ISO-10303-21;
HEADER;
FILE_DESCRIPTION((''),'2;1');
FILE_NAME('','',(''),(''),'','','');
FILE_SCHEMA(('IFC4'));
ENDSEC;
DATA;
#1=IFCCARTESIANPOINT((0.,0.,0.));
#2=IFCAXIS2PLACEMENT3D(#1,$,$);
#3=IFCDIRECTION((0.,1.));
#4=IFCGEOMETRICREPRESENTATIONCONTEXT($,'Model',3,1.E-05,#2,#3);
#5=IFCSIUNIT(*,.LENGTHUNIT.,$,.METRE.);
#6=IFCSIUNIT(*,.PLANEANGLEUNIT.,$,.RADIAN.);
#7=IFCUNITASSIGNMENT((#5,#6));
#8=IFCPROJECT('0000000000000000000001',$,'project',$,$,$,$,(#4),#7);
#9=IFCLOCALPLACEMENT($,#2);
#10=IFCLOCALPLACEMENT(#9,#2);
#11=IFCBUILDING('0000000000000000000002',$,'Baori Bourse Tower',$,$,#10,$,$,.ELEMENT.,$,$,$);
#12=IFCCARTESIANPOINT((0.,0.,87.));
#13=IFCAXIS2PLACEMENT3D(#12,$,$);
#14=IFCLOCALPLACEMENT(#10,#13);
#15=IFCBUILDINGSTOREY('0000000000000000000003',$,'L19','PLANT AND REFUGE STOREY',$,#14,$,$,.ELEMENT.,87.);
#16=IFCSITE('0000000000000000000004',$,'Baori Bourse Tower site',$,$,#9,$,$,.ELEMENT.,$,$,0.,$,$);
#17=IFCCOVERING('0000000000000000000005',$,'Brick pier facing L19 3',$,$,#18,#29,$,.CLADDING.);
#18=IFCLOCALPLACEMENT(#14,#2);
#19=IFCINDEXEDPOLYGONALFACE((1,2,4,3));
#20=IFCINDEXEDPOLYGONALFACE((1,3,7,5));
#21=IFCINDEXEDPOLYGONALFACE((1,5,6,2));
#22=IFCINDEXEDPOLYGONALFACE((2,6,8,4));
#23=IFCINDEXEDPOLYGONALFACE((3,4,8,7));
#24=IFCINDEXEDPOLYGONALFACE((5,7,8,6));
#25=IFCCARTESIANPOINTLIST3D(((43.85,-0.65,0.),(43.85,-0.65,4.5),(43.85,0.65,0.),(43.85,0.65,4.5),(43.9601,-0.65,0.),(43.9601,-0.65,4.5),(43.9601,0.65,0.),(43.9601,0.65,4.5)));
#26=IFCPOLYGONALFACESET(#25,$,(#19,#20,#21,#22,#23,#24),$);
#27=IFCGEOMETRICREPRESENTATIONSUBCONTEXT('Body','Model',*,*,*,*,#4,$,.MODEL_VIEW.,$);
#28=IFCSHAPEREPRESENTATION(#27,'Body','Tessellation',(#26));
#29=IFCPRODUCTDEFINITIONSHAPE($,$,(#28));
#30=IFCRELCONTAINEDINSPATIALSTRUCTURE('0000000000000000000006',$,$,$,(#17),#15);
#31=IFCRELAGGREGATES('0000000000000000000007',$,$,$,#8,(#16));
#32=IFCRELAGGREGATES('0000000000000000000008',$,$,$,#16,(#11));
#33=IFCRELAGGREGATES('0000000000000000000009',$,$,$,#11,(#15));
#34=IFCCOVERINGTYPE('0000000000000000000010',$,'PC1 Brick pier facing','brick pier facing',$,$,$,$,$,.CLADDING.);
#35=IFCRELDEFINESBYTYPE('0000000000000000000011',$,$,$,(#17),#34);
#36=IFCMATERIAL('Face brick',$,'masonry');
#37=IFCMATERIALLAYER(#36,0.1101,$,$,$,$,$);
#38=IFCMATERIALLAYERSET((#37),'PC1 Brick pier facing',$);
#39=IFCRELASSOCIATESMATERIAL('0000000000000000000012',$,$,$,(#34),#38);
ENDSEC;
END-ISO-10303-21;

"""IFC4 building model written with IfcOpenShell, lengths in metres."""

from ifc_helpers import new_model, si_unit, direction, frame, origin, origin_2d, place, context, subcontext, project, spatial, rectangle, extrude, material, layer, layer_set, type_object, element, save


model = new_model("IFC4")

# Units and contexts
model_context = context("Model", 3, precision=1e-05, world=origin(), true_north=direction((0.0, 1.0)))
body_context = subcontext(model_context, "Body", "Model", "MODEL_VIEW")
ifc_project = project(units=[si_unit("LENGTHUNIT", "METRE"), si_unit("PLANEANGLEUNIT", "RADIAN")], contexts=[model_context])

# Site, building, storey
site_placement = place(None, origin())
site = spatial("IfcSite", under=ifc_project, at=site_placement, Name="Baori Bourse Tower site", CompositionType="ELEMENT", RefElevation=0.0)
building_placement = place(site_placement, origin())
building = spatial("IfcBuilding", under=site, at=building_placement, Name="Baori Bourse Tower", CompositionType="ELEMENT")
storey_placement = place(building_placement, frame((0.0, 0.0, 87.0)))
storey = spatial("IfcBuildingStorey", under=building, at=storey_placement, Name="L19", Description="PLANT AND REFUGE STOREY", CompositionType="ELEMENT", Elevation=87.0)

# Covering
ifc_material_1 = material(Name="Face brick", Category="masonry")
ifc_layer_1 = layer(ifc_material_1, 0.1101)
ifc_layer_set_1 = layer_set([ifc_layer_1], Name="PC1 Brick pier facing")
covering_type = type_object("IfcCoveringType", Name="PC1 Brick pier facing", Description="brick pier facing", PredefinedType="CLADDING", material=ifc_layer_set_1)
covering_placement = place(storey_placement, frame((43.905, 0.0, 0.0), z_axis=(0.0, 0.0, 1.0), x_axis=(1.0, 0.0, 0.0)))
element("IfcCovering", 1, at=covering_placement, inside=storey, type_object=covering_type, Name="Brick pier facing L19 3", PredefinedType="CLADDING", context=body_context, shape_type="SweptSolid", body=[
    extrude(rectangle(XDim=0.1101, YDim=1.3, at=origin_2d()), origin(), (0.0, 0.0, 1.0), 4.5),
])

save(model, "model.ifc")
